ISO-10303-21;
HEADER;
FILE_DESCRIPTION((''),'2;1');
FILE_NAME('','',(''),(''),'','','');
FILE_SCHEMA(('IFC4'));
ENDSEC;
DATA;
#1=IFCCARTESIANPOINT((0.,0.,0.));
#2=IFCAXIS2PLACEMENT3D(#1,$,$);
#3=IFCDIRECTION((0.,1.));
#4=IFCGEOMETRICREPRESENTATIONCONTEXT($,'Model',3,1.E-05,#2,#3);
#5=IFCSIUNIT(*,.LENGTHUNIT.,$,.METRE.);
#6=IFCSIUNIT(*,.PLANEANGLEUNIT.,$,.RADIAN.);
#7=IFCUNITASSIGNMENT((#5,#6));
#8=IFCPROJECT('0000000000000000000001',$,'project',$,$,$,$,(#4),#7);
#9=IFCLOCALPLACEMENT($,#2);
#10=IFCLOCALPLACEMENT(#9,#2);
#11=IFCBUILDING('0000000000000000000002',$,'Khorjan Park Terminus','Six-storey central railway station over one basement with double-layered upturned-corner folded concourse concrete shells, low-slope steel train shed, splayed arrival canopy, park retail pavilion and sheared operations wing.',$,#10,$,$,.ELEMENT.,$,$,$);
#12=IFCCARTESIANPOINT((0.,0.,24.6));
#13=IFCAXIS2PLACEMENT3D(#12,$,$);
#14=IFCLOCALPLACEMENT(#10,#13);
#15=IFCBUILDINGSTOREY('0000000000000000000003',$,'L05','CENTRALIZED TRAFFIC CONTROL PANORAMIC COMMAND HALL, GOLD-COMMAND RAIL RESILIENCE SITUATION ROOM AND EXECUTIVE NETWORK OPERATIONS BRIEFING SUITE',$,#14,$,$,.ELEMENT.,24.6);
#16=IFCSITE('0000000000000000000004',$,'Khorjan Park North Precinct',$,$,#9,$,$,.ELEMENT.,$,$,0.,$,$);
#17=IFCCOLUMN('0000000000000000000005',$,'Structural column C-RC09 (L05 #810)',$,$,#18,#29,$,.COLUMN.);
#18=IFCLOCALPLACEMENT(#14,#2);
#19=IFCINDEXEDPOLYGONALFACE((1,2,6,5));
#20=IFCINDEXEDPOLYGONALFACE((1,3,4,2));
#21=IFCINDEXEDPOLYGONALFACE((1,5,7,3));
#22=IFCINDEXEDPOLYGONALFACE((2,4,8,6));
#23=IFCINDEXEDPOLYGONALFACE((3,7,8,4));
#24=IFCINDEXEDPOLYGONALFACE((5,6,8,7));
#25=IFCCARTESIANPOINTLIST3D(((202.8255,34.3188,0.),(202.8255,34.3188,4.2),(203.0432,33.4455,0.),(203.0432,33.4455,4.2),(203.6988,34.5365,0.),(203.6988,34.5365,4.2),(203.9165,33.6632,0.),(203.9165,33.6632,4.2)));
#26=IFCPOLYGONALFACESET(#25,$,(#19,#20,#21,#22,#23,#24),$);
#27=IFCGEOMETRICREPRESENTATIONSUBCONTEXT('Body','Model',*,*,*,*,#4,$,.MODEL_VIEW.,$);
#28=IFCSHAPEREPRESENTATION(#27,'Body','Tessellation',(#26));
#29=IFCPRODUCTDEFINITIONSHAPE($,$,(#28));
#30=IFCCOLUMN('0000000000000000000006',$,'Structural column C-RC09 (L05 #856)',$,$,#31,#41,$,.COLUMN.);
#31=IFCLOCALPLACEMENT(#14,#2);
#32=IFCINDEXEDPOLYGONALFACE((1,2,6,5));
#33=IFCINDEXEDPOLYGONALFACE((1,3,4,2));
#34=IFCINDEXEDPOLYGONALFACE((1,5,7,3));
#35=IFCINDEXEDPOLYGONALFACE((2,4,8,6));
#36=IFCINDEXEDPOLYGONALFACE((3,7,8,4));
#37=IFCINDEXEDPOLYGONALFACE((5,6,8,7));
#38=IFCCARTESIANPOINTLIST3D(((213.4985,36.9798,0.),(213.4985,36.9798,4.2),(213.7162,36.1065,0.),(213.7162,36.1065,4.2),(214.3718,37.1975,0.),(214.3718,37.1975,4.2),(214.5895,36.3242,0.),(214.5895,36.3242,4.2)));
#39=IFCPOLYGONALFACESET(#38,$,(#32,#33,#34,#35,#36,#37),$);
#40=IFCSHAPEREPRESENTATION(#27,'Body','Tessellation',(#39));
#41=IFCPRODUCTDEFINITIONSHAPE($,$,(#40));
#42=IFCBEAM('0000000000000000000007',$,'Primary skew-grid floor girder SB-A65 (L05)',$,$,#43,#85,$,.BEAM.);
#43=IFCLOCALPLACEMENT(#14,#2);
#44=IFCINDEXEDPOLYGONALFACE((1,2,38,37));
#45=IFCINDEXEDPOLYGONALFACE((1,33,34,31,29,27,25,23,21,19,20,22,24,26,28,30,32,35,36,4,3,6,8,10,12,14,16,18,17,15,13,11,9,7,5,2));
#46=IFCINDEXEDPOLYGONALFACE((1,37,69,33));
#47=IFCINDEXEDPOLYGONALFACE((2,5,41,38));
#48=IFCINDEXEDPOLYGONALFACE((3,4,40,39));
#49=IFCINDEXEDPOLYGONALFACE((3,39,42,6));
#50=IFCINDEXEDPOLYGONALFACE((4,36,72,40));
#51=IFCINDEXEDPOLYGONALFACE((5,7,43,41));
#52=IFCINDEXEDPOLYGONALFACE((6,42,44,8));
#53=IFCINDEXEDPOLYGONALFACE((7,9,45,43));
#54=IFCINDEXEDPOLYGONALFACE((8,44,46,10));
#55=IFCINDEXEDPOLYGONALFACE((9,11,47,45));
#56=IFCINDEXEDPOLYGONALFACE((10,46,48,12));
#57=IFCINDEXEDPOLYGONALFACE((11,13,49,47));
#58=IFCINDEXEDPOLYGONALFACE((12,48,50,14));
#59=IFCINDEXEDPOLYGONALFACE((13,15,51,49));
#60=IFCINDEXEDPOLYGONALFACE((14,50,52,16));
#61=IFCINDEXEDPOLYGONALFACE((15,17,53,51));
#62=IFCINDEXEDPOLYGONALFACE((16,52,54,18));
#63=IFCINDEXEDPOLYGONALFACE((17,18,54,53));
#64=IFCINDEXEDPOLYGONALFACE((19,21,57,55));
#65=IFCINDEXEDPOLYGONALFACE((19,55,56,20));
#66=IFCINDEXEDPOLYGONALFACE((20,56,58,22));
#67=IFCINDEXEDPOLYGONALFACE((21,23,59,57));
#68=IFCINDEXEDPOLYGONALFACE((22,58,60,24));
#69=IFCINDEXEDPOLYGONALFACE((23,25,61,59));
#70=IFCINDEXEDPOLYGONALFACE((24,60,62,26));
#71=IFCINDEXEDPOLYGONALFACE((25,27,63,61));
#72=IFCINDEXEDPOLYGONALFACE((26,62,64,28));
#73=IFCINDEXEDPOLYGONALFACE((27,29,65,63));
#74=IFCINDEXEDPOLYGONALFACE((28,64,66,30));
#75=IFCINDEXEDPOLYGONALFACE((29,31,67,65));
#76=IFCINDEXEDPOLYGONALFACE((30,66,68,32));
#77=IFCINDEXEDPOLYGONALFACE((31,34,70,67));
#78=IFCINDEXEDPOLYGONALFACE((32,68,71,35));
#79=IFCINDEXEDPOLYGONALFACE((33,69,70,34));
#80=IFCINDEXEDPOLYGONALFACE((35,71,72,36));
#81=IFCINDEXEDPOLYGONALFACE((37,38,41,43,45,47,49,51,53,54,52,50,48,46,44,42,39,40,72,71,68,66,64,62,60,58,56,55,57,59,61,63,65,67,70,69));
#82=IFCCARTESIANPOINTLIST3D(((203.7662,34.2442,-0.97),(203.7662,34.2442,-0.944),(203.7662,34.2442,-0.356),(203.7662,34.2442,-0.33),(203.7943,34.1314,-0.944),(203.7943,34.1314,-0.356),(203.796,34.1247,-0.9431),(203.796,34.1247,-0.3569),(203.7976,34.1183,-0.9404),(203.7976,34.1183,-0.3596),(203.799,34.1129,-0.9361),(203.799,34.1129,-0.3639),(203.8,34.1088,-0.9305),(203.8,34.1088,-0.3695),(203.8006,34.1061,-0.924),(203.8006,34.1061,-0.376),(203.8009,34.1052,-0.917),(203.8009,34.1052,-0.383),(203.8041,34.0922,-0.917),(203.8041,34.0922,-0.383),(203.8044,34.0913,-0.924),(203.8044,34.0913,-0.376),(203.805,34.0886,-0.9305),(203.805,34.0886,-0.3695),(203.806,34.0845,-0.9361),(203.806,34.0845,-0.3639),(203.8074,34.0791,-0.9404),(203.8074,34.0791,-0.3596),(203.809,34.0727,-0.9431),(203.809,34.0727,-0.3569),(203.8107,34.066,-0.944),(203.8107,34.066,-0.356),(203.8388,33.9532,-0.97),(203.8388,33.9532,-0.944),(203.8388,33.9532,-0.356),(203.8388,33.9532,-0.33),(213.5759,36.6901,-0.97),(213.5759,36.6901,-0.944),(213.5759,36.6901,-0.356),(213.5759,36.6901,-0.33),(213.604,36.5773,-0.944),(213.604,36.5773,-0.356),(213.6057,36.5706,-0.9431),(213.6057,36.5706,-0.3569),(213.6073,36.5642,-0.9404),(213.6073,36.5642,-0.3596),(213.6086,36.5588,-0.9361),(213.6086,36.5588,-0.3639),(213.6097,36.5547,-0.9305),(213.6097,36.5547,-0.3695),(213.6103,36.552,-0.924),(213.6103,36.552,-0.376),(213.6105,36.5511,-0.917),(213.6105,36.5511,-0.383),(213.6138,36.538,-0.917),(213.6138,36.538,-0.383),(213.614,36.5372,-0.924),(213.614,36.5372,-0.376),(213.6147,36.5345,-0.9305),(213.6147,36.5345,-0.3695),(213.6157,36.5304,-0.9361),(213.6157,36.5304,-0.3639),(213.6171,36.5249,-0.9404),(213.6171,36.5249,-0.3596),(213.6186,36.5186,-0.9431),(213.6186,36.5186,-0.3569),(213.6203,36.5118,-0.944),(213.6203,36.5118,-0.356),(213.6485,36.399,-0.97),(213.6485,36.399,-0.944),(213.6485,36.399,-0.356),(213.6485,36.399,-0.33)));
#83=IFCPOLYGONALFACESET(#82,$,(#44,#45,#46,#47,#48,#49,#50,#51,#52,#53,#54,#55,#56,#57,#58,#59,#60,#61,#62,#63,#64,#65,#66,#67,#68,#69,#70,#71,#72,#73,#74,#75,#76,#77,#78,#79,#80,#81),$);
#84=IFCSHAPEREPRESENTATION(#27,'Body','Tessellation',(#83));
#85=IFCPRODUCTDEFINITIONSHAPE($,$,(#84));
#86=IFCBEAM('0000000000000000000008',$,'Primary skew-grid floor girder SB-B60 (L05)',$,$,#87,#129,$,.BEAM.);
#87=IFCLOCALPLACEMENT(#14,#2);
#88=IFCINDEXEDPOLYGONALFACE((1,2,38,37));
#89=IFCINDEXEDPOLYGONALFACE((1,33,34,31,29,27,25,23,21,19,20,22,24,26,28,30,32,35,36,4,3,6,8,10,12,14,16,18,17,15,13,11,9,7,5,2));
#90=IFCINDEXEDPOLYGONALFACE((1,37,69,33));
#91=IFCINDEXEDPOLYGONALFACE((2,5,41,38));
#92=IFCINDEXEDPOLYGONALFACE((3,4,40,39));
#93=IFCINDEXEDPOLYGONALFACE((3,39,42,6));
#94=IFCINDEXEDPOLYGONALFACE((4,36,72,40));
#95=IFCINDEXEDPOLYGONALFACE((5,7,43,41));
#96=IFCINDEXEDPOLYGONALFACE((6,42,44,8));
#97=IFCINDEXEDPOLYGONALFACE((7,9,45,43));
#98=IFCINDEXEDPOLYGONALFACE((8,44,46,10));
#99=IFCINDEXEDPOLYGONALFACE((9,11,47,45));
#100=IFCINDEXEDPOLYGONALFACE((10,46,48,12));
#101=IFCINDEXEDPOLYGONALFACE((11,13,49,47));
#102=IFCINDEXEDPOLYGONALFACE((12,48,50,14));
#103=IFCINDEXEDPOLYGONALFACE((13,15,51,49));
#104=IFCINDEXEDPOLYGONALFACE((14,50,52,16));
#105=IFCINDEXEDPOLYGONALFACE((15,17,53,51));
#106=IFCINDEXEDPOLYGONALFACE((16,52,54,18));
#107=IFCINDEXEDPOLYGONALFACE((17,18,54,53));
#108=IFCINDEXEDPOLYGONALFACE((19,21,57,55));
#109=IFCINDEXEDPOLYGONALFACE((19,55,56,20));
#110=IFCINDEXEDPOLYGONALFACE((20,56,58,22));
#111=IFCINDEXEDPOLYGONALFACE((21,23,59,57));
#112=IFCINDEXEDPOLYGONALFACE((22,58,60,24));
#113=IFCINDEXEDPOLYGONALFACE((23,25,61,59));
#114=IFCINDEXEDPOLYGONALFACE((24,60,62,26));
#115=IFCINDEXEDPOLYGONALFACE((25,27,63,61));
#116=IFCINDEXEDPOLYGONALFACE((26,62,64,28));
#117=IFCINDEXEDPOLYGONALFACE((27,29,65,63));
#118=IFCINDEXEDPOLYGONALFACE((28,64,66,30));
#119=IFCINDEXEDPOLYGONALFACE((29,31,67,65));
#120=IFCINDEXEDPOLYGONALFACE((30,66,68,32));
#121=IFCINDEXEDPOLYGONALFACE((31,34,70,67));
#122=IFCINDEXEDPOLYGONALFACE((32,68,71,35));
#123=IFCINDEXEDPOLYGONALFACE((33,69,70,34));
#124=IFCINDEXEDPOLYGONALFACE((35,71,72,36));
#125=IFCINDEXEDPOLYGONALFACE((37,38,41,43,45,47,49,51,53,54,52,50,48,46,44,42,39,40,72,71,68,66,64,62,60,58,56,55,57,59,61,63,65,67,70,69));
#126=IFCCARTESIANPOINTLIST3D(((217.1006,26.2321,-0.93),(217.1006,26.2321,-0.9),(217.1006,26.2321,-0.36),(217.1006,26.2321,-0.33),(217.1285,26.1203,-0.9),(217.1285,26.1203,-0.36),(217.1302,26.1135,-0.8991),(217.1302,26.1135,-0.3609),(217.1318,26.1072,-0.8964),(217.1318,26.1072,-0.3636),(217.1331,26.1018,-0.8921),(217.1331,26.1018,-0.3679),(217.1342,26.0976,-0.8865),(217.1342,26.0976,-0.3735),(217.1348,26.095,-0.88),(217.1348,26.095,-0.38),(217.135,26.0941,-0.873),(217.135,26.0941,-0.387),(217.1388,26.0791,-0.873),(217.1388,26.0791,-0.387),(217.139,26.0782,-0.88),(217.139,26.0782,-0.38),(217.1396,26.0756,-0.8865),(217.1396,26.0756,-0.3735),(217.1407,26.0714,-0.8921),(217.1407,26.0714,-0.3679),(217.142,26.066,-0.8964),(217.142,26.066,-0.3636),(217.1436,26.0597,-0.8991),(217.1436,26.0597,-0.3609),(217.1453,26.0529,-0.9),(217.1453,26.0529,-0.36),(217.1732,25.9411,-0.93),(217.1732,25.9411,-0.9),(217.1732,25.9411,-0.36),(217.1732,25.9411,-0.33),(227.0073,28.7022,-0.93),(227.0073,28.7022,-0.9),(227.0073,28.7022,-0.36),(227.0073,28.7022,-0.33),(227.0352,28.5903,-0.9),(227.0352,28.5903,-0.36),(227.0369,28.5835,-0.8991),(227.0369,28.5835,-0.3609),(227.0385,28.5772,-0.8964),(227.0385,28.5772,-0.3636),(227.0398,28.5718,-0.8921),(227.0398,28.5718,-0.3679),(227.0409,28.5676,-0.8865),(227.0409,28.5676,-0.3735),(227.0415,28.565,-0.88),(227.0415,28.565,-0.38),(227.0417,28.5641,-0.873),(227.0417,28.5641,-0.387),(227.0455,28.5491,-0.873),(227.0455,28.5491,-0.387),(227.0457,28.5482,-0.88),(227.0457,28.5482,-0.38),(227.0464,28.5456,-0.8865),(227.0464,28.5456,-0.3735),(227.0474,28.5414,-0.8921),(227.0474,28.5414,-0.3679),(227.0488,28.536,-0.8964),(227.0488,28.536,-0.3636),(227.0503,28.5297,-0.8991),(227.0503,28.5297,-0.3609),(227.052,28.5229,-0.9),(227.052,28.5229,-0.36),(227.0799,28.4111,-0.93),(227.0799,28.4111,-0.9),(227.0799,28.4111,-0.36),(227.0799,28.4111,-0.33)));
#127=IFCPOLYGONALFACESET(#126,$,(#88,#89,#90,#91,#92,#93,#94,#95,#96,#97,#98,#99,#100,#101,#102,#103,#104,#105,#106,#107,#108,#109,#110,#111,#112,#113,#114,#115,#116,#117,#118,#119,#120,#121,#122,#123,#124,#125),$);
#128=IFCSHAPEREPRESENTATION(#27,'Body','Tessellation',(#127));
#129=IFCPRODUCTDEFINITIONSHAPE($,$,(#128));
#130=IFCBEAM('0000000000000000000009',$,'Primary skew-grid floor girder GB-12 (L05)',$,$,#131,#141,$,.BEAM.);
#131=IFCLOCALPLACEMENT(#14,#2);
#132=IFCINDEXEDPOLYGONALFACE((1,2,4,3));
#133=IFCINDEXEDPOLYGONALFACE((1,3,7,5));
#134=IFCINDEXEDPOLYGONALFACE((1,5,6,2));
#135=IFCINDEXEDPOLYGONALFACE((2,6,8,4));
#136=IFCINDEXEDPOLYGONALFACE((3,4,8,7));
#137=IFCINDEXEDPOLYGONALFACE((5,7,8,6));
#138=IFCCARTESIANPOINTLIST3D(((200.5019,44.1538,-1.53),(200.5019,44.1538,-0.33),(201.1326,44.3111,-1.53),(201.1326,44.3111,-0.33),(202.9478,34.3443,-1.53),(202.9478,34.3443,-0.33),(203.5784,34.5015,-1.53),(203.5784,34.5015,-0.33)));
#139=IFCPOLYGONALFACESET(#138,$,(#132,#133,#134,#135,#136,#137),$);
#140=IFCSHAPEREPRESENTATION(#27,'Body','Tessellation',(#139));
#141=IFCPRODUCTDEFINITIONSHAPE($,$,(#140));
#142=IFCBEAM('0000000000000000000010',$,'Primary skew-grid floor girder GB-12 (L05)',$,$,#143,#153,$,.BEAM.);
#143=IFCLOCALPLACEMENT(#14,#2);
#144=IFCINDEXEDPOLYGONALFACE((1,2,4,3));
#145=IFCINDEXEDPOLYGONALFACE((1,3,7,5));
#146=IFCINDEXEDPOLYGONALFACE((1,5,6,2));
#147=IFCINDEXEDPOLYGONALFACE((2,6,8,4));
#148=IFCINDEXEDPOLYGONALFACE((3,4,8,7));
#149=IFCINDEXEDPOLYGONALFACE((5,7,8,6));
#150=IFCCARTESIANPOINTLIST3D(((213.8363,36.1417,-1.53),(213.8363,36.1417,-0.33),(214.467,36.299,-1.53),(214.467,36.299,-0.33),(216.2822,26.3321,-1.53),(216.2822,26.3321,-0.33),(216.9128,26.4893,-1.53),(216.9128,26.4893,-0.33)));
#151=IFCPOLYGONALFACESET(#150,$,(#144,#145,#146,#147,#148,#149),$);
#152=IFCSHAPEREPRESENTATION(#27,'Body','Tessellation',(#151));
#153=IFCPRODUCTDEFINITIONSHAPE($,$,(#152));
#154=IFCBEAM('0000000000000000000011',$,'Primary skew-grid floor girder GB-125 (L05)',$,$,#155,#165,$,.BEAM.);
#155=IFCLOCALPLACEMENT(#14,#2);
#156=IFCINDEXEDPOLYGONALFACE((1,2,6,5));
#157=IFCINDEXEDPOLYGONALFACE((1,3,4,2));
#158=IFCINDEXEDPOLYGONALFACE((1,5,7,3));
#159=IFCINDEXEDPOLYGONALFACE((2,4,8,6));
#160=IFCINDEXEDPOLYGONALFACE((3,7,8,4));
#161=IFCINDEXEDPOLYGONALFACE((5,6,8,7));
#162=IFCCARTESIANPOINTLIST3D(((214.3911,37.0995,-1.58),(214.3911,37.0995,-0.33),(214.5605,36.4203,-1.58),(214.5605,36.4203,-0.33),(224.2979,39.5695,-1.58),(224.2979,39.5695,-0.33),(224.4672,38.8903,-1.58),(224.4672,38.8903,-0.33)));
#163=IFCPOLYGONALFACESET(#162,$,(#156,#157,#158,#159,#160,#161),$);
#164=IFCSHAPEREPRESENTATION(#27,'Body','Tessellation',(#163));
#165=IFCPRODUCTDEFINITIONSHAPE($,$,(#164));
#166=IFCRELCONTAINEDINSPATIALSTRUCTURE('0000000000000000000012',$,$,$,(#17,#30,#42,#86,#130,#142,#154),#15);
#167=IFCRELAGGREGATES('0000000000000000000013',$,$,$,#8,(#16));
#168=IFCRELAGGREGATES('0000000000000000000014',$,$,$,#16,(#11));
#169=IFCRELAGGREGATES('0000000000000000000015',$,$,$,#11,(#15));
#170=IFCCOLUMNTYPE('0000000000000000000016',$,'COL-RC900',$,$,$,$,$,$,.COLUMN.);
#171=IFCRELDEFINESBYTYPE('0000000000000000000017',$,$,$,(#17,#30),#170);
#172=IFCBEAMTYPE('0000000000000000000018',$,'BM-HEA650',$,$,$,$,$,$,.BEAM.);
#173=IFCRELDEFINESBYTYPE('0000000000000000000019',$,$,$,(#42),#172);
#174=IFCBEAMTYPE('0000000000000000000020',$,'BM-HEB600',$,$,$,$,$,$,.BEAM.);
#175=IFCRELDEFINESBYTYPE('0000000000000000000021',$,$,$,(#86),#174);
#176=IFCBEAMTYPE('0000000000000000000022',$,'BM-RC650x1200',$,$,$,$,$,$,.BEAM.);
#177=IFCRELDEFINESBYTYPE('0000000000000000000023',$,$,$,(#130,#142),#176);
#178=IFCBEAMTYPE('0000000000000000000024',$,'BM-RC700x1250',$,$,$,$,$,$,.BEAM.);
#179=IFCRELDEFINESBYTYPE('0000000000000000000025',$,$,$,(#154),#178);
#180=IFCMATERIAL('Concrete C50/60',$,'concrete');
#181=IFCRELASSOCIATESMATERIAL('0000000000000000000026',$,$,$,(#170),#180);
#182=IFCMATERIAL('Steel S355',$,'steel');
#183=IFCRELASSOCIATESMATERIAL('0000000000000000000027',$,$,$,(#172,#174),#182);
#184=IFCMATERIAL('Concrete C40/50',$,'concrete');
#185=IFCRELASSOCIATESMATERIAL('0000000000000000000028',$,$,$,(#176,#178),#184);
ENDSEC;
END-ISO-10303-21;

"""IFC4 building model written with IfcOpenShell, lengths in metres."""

from ifc_helpers import new_model, si_unit, direction, frame, origin, origin_2d, place, context, subcontext, project, spatial, rectangle, i_section, extrude, material, material_profile, profile_set, type_object, element, save


model = new_model("IFC4")

# Units and contexts
model_context = context("Model", 3, precision=1e-05, world=origin(), true_north=direction((0.0, 1.0)))
body_context = subcontext(model_context, "Body", "Model", "MODEL_VIEW")
ifc_project = project(units=[si_unit("LENGTHUNIT", "METRE"), si_unit("PLANEANGLEUNIT", "RADIAN")], contexts=[model_context])

# Site, building, storey
site_placement = place(None, origin())
site = spatial("IfcSite", under=ifc_project, at=site_placement, Name="Khorjan Park North Precinct", CompositionType="ELEMENT", RefElevation=0.0)
building_placement = place(site_placement, origin())
building = spatial("IfcBuilding", under=site, at=building_placement, Name="Khorjan Park Terminus", Description="Six-storey central railway station over one basement with double-layered upturned-corner folded concourse concrete shells, low-slope steel train shed, splayed arrival canopy, park retail pavilion and sheared operations wing.", CompositionType="ELEMENT")
storey_placement = place(building_placement, frame((0.0, 0.0, 24.6)))
storey = spatial("IfcBuildingStorey", under=building, at=storey_placement, Name="L05", Description="CENTRALIZED TRAFFIC CONTROL PANORAMIC COMMAND HALL, GOLD-COMMAND RAIL RESILIENCE SITUATION ROOM AND EXECUTIVE NETWORK OPERATIONS BRIEFING SUITE", CompositionType="ELEMENT", Elevation=24.6)

# Columns
ifc_material_1 = material(Name="Concrete C50/60", Category="concrete")
ifc_material_profile_1 = material_profile(ifc_material_1, rectangle(XDim=0.9, YDim=0.9, at=origin_2d()), Name="RC 900x900")
ifc_profile_set_1 = profile_set([ifc_material_profile_1], Name="Concrete C50/60")
column_type = type_object("IfcColumnType", Name="COL-RC900", PredefinedType="COLUMN", material=ifc_profile_set_1)
for number, where, z_axis, x_axis, name in (
    (1, (203.371, 33.991, 0.0), (0.0, 0.0, 1.0), (0.970296, 0.241922, 0.0), "Structural column C-RC09 (L05 #810)"),
    (2, (214.044, 36.652, 0.0), (0.0, 0.0, 1.0), (0.970296, 0.241922, 0.0), "Structural column C-RC09 (L05 #856)"),
):
    element("IfcColumn", number, at=place(storey_placement, frame(where, z_axis=z_axis, x_axis=x_axis)), inside=storey, type_object=column_type, Name=name, PredefinedType="COLUMN", context=body_context, shape_type="SweptSolid", body=[
        extrude(rectangle(XDim=0.9, YDim=0.9, at=origin_2d()), origin(), (0.0, 0.0, 1.0), 4.2),
    ])

# Beams
ifc_material_2 = material(Name="Steel S355", Category="steel")
ifc_material_profile_2 = material_profile(ifc_material_2, i_section(OverallWidth=0.3, OverallDepth=0.64, WebThickness=0.0135, FlangeThickness=0.026, FilletRadius=0.027, at=origin_2d()), Name="HEA 650")
ifc_profile_set_2 = profile_set([ifc_material_profile_2], Name="Steel S355")
beam_type_1 = type_object("IfcBeamType", Name="BM-HEA650", PredefinedType="BEAM", material=ifc_profile_set_2)
beam_1_placement = place(storey_placement, frame((203.8025, 34.0987, -0.65), z_axis=(0.970294, 0.241928, 0.0), x_axis=(-0.241928, 0.970294, 0.0)))
element("IfcBeam", 3, at=beam_1_placement, inside=storey, type_object=beam_type_1, Name="Primary skew-grid floor girder SB-A65 (L05)", PredefinedType="BEAM", context=body_context, shape_type="SweptSolid", body=[
    extrude(i_section(OverallWidth=0.3, OverallDepth=0.64, WebThickness=0.0135, FlangeThickness=0.026, FilletRadius=0.027, at=origin_2d()), origin(), (0.0, 0.0, 1.0), 10.11),
])
ifc_material_profile_3 = material_profile(ifc_material_2, i_section(OverallWidth=0.3, OverallDepth=0.6, WebThickness=0.0155, FlangeThickness=0.03, FilletRadius=0.027, at=origin_2d()), Name="HEB 600")
ifc_profile_set_3 = profile_set([ifc_material_profile_3], Name="Steel S355")
beam_type_2 = type_object("IfcBeamType", Name="BM-HEB600", PredefinedType="BEAM", material=ifc_profile_set_3)
beam_2_placement = place(storey_placement, frame((217.1369, 26.0866, -0.63), z_axis=(0.970296, 0.24192, 0.0), x_axis=(-0.24192, 0.970296, 0.0)))
element("IfcBeam", 4, at=beam_2_placement, inside=storey, type_object=beam_type_2, Name="Primary skew-grid floor girder SB-B60 (L05)", PredefinedType="BEAM", context=body_context, shape_type="SweptSolid", body=[
    extrude(i_section(OverallWidth=0.3, OverallDepth=0.6, WebThickness=0.0155, FlangeThickness=0.03, FilletRadius=0.027, at=origin_2d()), origin(), (0.0, 0.0, 1.0), 10.21),
])
ifc_material_3 = material(Name="Concrete C40/50", Category="concrete")
ifc_material_profile_4 = material_profile(ifc_material_3, rectangle(XDim=0.65, YDim=1.2, at=origin_2d()), Name="RC 650x1200")
ifc_profile_set_4 = profile_set([ifc_material_profile_4], Name="Concrete C40/50")
beam_type_3 = type_object("IfcBeamType", Name="BM-RC650x1200", PredefinedType="BEAM", material=ifc_profile_set_4)
beam_3_placement = place(storey_placement, frame((203.2631, 34.4229, -0.93), z_axis=(-0.24193, 0.970294, 0.0), x_axis=(-0.970294, -0.24193, 0.0)))
element("IfcBeam", 5, at=beam_3_placement, inside=storey, type_object=beam_type_3, Name="Primary skew-grid floor girder GB-12 (L05)", PredefinedType="BEAM", context=body_context, shape_type="SweptSolid", body=[
    extrude(rectangle(XDim=0.65, YDim=1.2, at=origin_2d()), origin(), (0.0, 0.0, 1.0), 10.1099),
])
beam_4_placement = place(storey_placement, frame((216.5975, 26.4107, -0.93), z_axis=(-0.241928, 0.970294, 0.0), x_axis=(-0.970294, -0.241928, 0.0)))
element("IfcBeam", 6, at=beam_4_placement, inside=storey, type_object=beam_type_3, Name="Primary skew-grid floor girder GB-12 (L05)", PredefinedType="BEAM", context=body_context, shape_type="SweptSolid", body=[
    extrude(rectangle(XDim=0.65, YDim=1.2, at=origin_2d()), origin(), (0.0, 0.0, 1.0), 10.11),
])
ifc_material_profile_5 = material_profile(ifc_material_3, rectangle(XDim=0.7, YDim=1.25, at=origin_2d()), Name="RC 700x1250")
ifc_profile_set_5 = profile_set([ifc_material_profile_5], Name="Concrete C40/50")
beam_type_4 = type_object("IfcBeamType", Name="BM-RC700x1250", PredefinedType="BEAM", material=ifc_profile_set_5)
beam_5_placement = place(storey_placement, frame((214.4758, 36.7599, -0.955), z_axis=(0.970296, 0.24192, 0.0), x_axis=(-0.24192, 0.970296, 0.0)))
element("IfcBeam", 7, at=beam_5_placement, inside=storey, type_object=beam_type_4, Name="Primary skew-grid floor girder GB-125 (L05)", PredefinedType="BEAM", context=body_context, shape_type="SweptSolid", body=[
    extrude(rectangle(XDim=0.7, YDim=1.25, at=origin_2d()), origin(), (0.0, 0.0, 1.0), 10.21),
])

save(model, "model.ifc")
